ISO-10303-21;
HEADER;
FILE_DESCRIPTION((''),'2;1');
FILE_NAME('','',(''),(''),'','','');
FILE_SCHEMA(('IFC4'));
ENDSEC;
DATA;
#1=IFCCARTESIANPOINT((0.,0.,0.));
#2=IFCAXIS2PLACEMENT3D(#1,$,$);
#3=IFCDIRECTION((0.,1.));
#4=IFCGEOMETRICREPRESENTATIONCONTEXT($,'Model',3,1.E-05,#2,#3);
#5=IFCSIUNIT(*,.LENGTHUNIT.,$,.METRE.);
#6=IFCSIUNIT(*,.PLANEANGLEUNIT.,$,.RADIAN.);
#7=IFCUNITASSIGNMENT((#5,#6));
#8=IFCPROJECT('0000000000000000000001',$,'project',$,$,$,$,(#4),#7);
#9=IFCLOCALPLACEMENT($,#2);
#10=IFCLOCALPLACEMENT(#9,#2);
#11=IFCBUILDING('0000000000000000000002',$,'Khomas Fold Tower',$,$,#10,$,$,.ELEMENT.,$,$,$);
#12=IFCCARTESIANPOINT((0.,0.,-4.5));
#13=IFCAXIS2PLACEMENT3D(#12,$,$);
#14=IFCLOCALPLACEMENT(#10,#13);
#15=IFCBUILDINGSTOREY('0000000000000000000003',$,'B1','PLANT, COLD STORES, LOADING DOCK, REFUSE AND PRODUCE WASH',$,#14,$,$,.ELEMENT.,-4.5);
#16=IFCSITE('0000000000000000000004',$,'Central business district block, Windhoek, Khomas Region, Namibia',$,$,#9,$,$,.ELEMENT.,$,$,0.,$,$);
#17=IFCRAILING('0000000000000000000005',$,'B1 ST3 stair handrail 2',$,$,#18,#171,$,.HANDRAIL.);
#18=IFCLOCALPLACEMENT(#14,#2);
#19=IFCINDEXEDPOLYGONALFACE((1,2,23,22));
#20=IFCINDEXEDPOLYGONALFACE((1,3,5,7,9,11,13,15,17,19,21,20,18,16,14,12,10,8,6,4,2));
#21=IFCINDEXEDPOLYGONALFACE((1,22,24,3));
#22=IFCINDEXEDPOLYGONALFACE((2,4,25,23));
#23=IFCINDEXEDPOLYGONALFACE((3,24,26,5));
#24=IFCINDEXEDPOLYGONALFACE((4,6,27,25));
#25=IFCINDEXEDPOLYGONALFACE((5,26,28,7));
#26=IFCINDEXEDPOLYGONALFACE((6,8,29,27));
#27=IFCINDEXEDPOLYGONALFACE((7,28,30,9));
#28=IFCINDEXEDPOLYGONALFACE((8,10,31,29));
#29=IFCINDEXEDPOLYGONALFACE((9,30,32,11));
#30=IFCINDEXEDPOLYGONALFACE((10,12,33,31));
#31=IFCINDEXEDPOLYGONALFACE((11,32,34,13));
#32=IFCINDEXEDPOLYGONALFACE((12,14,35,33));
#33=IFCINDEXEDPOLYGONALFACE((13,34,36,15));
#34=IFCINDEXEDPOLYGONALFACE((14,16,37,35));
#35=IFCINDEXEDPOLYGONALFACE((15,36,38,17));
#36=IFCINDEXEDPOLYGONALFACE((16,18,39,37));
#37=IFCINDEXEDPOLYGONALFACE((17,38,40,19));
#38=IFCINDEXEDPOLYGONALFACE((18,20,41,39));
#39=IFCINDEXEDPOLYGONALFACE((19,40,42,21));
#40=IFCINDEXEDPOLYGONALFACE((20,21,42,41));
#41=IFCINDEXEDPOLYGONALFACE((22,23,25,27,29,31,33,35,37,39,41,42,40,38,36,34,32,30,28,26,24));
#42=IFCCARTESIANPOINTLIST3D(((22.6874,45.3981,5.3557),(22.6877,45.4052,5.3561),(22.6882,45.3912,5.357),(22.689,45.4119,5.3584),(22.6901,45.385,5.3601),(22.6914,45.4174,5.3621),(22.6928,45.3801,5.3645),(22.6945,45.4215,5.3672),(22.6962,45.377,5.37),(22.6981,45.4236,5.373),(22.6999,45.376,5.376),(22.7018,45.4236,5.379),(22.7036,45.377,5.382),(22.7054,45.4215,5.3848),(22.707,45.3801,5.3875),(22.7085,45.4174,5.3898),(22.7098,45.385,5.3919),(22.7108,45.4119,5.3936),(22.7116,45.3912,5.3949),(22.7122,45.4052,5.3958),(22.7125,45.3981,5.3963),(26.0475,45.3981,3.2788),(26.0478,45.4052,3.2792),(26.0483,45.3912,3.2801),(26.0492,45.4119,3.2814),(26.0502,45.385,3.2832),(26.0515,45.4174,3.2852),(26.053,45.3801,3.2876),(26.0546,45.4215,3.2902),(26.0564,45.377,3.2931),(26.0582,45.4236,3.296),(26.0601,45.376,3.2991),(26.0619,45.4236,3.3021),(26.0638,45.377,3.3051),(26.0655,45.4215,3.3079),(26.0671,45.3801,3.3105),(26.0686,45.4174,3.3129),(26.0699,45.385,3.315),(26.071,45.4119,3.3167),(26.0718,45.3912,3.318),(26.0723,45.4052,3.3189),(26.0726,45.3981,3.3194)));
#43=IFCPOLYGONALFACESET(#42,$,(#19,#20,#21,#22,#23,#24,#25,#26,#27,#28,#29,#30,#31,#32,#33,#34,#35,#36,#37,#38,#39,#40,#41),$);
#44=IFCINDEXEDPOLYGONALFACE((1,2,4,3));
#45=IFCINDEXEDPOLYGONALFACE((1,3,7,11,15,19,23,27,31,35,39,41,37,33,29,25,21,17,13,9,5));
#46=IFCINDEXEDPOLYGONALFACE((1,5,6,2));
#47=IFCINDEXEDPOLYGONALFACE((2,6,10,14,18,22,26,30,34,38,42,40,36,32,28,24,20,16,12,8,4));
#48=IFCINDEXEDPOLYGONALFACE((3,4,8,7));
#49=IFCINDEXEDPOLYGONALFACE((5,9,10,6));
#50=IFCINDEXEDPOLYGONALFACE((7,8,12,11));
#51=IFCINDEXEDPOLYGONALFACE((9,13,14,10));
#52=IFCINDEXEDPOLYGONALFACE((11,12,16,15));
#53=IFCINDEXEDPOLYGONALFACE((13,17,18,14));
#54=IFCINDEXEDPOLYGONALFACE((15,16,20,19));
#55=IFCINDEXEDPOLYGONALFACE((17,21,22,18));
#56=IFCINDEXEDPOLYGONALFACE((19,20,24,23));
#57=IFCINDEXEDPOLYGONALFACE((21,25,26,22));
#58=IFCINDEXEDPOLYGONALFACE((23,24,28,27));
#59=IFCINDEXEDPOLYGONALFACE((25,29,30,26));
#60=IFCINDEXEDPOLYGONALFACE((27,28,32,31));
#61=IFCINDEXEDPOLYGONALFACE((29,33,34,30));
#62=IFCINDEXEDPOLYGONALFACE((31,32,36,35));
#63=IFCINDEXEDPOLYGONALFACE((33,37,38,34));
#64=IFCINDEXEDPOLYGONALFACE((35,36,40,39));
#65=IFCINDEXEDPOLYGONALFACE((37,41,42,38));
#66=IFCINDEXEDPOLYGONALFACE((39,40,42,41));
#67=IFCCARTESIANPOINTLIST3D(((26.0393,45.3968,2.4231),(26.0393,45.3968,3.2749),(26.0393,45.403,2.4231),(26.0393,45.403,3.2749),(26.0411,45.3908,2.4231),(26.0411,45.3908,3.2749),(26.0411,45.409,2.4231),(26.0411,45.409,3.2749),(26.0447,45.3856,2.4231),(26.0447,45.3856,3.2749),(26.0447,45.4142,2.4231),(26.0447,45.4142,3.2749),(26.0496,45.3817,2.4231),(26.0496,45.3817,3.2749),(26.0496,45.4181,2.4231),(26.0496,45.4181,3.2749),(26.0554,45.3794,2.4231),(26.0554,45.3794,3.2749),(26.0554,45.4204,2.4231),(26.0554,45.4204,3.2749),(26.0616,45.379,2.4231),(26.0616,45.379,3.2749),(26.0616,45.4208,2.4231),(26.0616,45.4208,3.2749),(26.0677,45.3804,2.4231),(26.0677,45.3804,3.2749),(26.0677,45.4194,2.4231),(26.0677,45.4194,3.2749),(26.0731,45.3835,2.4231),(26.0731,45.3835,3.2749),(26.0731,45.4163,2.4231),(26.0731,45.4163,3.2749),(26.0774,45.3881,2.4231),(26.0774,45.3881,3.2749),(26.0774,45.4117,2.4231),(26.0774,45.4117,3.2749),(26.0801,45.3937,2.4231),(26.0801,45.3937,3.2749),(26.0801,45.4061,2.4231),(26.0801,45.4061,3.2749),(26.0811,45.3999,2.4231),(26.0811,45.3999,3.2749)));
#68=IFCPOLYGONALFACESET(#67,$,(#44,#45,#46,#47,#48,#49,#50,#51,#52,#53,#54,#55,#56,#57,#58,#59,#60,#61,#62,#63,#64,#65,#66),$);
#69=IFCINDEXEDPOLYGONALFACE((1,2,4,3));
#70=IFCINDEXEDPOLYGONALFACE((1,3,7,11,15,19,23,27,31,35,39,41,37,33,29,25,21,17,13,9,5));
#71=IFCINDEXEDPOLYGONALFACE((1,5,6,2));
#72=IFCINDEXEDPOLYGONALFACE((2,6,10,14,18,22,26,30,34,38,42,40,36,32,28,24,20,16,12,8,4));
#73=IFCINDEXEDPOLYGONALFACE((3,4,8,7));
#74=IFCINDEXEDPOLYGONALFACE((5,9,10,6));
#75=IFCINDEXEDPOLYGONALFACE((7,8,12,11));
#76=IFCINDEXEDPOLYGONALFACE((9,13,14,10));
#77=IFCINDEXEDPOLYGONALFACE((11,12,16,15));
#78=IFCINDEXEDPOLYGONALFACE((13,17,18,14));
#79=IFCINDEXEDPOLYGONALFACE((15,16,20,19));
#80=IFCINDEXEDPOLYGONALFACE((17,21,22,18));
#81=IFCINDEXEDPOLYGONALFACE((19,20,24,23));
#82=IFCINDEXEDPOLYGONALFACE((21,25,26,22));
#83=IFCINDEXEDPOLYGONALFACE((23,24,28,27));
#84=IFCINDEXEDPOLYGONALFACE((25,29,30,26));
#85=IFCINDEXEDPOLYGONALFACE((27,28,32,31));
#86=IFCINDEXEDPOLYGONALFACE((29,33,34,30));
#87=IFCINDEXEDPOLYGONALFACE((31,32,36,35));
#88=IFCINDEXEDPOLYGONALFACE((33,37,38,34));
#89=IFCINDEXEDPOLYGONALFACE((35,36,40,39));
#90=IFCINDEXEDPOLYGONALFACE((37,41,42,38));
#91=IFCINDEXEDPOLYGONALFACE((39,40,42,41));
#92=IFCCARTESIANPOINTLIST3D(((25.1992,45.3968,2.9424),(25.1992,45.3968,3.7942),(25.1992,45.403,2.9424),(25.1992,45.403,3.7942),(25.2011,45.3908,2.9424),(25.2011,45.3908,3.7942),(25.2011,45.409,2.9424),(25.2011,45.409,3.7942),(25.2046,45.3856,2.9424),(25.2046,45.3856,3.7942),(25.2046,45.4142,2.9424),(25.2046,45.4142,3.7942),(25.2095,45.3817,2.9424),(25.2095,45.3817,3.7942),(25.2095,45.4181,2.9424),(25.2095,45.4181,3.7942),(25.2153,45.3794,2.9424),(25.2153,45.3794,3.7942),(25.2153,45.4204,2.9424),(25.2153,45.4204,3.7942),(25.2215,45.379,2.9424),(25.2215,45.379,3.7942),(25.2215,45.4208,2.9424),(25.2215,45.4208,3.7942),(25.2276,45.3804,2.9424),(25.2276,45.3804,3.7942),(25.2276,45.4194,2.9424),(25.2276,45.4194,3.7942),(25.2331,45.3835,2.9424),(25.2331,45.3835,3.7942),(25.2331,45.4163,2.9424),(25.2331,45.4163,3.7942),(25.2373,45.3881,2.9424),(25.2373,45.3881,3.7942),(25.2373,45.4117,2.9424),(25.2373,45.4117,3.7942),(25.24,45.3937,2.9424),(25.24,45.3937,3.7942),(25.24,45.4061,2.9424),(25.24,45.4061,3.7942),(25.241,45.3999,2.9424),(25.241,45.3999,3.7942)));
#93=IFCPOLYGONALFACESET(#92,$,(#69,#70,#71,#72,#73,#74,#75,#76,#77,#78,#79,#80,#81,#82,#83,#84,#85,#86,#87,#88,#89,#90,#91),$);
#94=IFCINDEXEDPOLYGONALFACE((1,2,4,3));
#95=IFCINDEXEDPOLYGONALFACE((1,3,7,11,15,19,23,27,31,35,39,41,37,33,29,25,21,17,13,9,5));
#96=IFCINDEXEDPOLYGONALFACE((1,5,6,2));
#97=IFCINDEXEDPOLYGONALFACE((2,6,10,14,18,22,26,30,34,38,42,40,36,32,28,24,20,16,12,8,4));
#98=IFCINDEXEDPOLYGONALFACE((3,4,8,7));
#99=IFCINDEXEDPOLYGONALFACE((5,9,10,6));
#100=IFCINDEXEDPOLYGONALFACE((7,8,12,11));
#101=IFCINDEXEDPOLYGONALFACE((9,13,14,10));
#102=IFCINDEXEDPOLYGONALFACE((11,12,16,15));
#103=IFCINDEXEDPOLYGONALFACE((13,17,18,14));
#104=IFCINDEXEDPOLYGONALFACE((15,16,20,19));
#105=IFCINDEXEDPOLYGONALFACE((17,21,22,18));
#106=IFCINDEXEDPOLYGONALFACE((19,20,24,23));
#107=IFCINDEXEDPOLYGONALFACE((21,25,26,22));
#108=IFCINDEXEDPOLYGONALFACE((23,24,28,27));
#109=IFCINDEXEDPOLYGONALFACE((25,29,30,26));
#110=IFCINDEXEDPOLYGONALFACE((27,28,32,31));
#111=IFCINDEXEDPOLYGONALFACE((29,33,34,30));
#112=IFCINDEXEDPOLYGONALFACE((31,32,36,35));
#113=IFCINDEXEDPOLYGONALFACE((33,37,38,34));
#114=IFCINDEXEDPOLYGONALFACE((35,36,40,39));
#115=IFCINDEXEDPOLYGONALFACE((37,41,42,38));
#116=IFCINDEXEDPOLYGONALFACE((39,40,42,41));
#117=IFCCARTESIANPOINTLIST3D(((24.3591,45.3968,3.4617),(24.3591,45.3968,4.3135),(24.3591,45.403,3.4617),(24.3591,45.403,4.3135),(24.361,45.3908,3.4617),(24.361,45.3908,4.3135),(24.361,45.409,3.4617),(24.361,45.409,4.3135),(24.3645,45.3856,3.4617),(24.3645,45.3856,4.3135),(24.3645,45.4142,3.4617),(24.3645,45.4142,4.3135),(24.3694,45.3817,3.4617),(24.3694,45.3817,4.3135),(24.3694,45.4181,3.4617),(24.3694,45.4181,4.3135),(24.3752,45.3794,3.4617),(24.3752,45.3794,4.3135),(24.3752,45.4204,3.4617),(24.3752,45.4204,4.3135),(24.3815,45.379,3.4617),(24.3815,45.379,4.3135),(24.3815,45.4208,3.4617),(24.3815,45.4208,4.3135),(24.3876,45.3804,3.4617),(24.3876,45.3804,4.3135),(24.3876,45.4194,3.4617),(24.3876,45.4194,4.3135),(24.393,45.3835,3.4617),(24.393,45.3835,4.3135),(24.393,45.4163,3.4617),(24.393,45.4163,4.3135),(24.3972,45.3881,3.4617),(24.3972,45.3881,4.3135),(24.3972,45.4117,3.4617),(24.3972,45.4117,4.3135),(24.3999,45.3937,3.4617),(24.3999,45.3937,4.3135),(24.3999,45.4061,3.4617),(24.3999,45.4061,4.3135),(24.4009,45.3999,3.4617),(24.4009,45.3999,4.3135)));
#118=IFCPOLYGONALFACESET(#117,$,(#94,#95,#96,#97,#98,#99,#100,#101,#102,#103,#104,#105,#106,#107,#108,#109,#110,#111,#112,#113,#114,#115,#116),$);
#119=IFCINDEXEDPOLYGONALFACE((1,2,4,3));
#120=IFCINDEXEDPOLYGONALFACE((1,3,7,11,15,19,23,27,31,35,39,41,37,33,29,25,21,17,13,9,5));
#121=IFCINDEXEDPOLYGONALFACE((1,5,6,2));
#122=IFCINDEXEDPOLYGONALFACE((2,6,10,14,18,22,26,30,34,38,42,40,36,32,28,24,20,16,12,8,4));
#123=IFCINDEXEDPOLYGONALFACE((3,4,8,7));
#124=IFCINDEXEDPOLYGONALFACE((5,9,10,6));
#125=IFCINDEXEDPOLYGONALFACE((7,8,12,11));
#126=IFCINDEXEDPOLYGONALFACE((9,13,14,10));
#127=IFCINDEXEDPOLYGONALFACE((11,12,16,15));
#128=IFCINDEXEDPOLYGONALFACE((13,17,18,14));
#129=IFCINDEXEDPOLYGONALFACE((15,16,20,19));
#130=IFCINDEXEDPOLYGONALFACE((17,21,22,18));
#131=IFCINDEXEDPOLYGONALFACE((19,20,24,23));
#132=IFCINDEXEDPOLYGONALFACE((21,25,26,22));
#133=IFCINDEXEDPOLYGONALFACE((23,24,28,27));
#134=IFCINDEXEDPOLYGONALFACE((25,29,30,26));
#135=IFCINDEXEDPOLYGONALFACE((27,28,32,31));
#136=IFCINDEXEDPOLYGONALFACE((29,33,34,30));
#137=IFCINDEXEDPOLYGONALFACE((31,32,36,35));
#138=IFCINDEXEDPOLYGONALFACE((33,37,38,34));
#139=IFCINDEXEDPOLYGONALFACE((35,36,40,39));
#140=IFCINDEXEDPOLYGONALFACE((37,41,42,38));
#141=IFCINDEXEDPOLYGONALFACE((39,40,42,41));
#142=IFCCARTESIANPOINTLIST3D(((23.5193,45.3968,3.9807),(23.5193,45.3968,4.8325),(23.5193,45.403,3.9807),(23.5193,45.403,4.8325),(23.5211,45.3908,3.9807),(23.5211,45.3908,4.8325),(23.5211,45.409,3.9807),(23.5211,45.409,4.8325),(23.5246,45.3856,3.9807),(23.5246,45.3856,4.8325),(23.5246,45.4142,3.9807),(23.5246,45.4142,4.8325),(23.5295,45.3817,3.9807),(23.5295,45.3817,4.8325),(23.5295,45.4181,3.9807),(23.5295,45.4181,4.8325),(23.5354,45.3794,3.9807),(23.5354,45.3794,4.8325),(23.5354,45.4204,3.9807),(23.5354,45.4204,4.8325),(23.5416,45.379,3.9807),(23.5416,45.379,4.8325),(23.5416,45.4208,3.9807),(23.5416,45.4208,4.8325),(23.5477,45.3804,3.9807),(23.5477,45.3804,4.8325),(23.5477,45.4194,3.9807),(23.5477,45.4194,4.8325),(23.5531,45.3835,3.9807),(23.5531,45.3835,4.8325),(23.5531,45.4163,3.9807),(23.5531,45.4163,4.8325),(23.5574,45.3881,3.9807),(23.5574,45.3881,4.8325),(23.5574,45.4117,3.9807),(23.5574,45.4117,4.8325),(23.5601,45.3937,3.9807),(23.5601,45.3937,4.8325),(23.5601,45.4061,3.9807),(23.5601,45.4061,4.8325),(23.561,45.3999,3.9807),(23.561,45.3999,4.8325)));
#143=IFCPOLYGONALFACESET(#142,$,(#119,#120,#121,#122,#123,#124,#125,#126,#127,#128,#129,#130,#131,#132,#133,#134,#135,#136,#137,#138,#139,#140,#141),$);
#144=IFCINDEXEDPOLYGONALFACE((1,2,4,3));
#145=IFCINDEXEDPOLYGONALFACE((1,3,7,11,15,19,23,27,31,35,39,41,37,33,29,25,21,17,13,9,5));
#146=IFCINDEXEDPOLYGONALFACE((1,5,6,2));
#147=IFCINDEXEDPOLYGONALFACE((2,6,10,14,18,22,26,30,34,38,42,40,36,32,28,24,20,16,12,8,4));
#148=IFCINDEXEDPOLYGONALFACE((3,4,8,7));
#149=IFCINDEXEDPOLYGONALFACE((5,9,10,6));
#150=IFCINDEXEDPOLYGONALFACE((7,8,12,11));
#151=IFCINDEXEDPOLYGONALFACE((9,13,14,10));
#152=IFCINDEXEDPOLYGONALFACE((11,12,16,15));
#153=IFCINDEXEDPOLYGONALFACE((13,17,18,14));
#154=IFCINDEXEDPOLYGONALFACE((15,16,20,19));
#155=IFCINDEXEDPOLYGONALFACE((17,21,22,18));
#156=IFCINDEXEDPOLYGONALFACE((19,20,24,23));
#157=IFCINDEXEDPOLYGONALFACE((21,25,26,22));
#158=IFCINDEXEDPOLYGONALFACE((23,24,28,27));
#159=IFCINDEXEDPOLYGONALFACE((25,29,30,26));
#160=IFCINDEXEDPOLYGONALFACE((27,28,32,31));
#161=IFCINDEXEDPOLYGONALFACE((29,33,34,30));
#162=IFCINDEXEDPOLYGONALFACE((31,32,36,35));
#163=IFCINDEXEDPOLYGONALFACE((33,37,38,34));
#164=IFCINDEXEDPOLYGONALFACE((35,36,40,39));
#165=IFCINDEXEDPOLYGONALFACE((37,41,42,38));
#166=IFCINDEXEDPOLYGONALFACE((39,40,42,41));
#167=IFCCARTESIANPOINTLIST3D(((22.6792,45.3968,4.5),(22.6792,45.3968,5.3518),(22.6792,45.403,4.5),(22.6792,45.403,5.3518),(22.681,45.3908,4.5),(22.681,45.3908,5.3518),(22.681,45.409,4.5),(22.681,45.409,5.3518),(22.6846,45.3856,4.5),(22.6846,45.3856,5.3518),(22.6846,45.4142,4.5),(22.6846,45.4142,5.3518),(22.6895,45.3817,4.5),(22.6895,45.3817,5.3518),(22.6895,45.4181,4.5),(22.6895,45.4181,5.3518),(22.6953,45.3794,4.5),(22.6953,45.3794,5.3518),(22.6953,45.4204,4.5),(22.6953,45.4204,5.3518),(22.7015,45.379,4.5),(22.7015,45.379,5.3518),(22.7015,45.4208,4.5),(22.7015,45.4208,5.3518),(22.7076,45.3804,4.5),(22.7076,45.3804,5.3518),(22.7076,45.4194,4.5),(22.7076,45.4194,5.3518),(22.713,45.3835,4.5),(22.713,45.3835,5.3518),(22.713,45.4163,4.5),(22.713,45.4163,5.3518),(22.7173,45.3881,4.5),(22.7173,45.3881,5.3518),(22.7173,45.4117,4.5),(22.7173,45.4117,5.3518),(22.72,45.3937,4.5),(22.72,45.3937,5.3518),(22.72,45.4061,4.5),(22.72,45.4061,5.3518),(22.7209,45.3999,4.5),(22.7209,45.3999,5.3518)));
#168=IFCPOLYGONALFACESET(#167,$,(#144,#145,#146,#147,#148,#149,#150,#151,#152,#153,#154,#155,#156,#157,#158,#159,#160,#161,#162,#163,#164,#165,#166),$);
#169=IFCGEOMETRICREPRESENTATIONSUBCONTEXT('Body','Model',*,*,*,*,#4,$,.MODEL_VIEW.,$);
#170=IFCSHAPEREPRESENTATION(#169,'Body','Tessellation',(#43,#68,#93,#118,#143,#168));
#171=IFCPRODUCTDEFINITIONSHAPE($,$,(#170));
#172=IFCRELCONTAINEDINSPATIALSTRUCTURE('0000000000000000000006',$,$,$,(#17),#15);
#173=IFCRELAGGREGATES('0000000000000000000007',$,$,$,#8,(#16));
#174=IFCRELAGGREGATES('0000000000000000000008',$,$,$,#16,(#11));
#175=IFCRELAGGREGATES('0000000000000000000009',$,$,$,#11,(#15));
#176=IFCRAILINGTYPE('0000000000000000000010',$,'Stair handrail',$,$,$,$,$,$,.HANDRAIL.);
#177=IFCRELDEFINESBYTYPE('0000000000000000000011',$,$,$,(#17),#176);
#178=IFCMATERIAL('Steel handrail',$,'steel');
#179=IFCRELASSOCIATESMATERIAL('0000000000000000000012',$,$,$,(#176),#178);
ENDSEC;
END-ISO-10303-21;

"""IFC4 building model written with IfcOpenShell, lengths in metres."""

from ifc_helpers import new_model, si_unit, direction, frame, origin, origin_2d, place, context, subcontext, project, spatial, circle, extrude, source, transform, mapped, material, type_object, element, save


model = new_model("IFC4")

# Units and contexts
model_context = context("Model", 3, precision=1e-05, world=origin(), true_north=direction((0.0, 1.0)))
body_context = subcontext(model_context, "Body", "Model", "MODEL_VIEW")
ifc_project = project(units=[si_unit("LENGTHUNIT", "METRE"), si_unit("PLANEANGLEUNIT", "RADIAN")], contexts=[model_context])

# Site, building, storey
site_placement = place(None, origin())
site = spatial("IfcSite", under=ifc_project, at=site_placement, Name="Central business district block, Windhoek, Khomas Region, Namibia", CompositionType="ELEMENT", RefElevation=0.0)
building_placement = place(site_placement, origin())
building = spatial("IfcBuilding", under=site, at=building_placement, Name="Khomas Fold Tower", CompositionType="ELEMENT")
storey_placement = place(building_placement, frame((0.0, 0.0, -4.5)))
storey = spatial("IfcBuildingStorey", under=building, at=storey_placement, Name="B1", Description="PLANT, COLD STORES, LOADING DOCK, REFUSE AND PRODUCE WASH", CompositionType="ELEMENT", Elevation=-4.5)

# Railing
ifc_material_1 = material(Name="Steel handrail", Category="steel")
railing_type_1 = type_object("IfcRailingType", Name="Stair handrail", PredefinedType="HANDRAIL", material=ifc_material_1)
shared_shape_1 = source(origin(), body_context, "Body", "SweptSolid", [
    extrude(circle(Radius=0.0239, at=origin_2d()), frame((0.0, 0.0, 0.876), z_axis=(-0.850623, 0.0, 0.525776), x_axis=(0.0, -1.0, 0.0)), (0.0, 0.0, 1.0), 3.9502),
    extrude(circle(Radius=0.021, at=origin_2d()), origin(), (0.0, 0.0, 1.0), 0.8518),
    extrude(circle(Radius=0.021, at=origin_2d()), frame((-0.8401, 0.0, 0.5193)), (0.0, 0.0, 1.0), 0.8518),
    extrude(circle(Radius=0.021, at=origin_2d()), frame((-1.6802, 0.0, 1.0386)), (0.0, 0.0, 1.0), 0.8518),
    extrude(circle(Radius=0.021, at=origin_2d()), frame((-2.52, 0.0, 1.5576)), (0.0, 0.0, 1.0), 0.8518),
    extrude(circle(Radius=0.021, at=origin_2d()), frame((-3.3601, 0.0, 2.0769)), (0.0, 0.0, 1.0), 0.8518),
])
railing_1_placement = place(storey_placement, frame((26.0601, 45.3999, 2.4231)))
element("IfcRailing", 1, at=railing_1_placement, inside=storey, type_object=railing_type_1, Name="B1 ST3 stair handrail 2", PredefinedType="HANDRAIL", context=body_context, shape_type="MappedRepresentation", body=[
    mapped(shared_shape_1, transform((0.0, 0.0, 0.0))),
])

save(model, "model.ifc")
